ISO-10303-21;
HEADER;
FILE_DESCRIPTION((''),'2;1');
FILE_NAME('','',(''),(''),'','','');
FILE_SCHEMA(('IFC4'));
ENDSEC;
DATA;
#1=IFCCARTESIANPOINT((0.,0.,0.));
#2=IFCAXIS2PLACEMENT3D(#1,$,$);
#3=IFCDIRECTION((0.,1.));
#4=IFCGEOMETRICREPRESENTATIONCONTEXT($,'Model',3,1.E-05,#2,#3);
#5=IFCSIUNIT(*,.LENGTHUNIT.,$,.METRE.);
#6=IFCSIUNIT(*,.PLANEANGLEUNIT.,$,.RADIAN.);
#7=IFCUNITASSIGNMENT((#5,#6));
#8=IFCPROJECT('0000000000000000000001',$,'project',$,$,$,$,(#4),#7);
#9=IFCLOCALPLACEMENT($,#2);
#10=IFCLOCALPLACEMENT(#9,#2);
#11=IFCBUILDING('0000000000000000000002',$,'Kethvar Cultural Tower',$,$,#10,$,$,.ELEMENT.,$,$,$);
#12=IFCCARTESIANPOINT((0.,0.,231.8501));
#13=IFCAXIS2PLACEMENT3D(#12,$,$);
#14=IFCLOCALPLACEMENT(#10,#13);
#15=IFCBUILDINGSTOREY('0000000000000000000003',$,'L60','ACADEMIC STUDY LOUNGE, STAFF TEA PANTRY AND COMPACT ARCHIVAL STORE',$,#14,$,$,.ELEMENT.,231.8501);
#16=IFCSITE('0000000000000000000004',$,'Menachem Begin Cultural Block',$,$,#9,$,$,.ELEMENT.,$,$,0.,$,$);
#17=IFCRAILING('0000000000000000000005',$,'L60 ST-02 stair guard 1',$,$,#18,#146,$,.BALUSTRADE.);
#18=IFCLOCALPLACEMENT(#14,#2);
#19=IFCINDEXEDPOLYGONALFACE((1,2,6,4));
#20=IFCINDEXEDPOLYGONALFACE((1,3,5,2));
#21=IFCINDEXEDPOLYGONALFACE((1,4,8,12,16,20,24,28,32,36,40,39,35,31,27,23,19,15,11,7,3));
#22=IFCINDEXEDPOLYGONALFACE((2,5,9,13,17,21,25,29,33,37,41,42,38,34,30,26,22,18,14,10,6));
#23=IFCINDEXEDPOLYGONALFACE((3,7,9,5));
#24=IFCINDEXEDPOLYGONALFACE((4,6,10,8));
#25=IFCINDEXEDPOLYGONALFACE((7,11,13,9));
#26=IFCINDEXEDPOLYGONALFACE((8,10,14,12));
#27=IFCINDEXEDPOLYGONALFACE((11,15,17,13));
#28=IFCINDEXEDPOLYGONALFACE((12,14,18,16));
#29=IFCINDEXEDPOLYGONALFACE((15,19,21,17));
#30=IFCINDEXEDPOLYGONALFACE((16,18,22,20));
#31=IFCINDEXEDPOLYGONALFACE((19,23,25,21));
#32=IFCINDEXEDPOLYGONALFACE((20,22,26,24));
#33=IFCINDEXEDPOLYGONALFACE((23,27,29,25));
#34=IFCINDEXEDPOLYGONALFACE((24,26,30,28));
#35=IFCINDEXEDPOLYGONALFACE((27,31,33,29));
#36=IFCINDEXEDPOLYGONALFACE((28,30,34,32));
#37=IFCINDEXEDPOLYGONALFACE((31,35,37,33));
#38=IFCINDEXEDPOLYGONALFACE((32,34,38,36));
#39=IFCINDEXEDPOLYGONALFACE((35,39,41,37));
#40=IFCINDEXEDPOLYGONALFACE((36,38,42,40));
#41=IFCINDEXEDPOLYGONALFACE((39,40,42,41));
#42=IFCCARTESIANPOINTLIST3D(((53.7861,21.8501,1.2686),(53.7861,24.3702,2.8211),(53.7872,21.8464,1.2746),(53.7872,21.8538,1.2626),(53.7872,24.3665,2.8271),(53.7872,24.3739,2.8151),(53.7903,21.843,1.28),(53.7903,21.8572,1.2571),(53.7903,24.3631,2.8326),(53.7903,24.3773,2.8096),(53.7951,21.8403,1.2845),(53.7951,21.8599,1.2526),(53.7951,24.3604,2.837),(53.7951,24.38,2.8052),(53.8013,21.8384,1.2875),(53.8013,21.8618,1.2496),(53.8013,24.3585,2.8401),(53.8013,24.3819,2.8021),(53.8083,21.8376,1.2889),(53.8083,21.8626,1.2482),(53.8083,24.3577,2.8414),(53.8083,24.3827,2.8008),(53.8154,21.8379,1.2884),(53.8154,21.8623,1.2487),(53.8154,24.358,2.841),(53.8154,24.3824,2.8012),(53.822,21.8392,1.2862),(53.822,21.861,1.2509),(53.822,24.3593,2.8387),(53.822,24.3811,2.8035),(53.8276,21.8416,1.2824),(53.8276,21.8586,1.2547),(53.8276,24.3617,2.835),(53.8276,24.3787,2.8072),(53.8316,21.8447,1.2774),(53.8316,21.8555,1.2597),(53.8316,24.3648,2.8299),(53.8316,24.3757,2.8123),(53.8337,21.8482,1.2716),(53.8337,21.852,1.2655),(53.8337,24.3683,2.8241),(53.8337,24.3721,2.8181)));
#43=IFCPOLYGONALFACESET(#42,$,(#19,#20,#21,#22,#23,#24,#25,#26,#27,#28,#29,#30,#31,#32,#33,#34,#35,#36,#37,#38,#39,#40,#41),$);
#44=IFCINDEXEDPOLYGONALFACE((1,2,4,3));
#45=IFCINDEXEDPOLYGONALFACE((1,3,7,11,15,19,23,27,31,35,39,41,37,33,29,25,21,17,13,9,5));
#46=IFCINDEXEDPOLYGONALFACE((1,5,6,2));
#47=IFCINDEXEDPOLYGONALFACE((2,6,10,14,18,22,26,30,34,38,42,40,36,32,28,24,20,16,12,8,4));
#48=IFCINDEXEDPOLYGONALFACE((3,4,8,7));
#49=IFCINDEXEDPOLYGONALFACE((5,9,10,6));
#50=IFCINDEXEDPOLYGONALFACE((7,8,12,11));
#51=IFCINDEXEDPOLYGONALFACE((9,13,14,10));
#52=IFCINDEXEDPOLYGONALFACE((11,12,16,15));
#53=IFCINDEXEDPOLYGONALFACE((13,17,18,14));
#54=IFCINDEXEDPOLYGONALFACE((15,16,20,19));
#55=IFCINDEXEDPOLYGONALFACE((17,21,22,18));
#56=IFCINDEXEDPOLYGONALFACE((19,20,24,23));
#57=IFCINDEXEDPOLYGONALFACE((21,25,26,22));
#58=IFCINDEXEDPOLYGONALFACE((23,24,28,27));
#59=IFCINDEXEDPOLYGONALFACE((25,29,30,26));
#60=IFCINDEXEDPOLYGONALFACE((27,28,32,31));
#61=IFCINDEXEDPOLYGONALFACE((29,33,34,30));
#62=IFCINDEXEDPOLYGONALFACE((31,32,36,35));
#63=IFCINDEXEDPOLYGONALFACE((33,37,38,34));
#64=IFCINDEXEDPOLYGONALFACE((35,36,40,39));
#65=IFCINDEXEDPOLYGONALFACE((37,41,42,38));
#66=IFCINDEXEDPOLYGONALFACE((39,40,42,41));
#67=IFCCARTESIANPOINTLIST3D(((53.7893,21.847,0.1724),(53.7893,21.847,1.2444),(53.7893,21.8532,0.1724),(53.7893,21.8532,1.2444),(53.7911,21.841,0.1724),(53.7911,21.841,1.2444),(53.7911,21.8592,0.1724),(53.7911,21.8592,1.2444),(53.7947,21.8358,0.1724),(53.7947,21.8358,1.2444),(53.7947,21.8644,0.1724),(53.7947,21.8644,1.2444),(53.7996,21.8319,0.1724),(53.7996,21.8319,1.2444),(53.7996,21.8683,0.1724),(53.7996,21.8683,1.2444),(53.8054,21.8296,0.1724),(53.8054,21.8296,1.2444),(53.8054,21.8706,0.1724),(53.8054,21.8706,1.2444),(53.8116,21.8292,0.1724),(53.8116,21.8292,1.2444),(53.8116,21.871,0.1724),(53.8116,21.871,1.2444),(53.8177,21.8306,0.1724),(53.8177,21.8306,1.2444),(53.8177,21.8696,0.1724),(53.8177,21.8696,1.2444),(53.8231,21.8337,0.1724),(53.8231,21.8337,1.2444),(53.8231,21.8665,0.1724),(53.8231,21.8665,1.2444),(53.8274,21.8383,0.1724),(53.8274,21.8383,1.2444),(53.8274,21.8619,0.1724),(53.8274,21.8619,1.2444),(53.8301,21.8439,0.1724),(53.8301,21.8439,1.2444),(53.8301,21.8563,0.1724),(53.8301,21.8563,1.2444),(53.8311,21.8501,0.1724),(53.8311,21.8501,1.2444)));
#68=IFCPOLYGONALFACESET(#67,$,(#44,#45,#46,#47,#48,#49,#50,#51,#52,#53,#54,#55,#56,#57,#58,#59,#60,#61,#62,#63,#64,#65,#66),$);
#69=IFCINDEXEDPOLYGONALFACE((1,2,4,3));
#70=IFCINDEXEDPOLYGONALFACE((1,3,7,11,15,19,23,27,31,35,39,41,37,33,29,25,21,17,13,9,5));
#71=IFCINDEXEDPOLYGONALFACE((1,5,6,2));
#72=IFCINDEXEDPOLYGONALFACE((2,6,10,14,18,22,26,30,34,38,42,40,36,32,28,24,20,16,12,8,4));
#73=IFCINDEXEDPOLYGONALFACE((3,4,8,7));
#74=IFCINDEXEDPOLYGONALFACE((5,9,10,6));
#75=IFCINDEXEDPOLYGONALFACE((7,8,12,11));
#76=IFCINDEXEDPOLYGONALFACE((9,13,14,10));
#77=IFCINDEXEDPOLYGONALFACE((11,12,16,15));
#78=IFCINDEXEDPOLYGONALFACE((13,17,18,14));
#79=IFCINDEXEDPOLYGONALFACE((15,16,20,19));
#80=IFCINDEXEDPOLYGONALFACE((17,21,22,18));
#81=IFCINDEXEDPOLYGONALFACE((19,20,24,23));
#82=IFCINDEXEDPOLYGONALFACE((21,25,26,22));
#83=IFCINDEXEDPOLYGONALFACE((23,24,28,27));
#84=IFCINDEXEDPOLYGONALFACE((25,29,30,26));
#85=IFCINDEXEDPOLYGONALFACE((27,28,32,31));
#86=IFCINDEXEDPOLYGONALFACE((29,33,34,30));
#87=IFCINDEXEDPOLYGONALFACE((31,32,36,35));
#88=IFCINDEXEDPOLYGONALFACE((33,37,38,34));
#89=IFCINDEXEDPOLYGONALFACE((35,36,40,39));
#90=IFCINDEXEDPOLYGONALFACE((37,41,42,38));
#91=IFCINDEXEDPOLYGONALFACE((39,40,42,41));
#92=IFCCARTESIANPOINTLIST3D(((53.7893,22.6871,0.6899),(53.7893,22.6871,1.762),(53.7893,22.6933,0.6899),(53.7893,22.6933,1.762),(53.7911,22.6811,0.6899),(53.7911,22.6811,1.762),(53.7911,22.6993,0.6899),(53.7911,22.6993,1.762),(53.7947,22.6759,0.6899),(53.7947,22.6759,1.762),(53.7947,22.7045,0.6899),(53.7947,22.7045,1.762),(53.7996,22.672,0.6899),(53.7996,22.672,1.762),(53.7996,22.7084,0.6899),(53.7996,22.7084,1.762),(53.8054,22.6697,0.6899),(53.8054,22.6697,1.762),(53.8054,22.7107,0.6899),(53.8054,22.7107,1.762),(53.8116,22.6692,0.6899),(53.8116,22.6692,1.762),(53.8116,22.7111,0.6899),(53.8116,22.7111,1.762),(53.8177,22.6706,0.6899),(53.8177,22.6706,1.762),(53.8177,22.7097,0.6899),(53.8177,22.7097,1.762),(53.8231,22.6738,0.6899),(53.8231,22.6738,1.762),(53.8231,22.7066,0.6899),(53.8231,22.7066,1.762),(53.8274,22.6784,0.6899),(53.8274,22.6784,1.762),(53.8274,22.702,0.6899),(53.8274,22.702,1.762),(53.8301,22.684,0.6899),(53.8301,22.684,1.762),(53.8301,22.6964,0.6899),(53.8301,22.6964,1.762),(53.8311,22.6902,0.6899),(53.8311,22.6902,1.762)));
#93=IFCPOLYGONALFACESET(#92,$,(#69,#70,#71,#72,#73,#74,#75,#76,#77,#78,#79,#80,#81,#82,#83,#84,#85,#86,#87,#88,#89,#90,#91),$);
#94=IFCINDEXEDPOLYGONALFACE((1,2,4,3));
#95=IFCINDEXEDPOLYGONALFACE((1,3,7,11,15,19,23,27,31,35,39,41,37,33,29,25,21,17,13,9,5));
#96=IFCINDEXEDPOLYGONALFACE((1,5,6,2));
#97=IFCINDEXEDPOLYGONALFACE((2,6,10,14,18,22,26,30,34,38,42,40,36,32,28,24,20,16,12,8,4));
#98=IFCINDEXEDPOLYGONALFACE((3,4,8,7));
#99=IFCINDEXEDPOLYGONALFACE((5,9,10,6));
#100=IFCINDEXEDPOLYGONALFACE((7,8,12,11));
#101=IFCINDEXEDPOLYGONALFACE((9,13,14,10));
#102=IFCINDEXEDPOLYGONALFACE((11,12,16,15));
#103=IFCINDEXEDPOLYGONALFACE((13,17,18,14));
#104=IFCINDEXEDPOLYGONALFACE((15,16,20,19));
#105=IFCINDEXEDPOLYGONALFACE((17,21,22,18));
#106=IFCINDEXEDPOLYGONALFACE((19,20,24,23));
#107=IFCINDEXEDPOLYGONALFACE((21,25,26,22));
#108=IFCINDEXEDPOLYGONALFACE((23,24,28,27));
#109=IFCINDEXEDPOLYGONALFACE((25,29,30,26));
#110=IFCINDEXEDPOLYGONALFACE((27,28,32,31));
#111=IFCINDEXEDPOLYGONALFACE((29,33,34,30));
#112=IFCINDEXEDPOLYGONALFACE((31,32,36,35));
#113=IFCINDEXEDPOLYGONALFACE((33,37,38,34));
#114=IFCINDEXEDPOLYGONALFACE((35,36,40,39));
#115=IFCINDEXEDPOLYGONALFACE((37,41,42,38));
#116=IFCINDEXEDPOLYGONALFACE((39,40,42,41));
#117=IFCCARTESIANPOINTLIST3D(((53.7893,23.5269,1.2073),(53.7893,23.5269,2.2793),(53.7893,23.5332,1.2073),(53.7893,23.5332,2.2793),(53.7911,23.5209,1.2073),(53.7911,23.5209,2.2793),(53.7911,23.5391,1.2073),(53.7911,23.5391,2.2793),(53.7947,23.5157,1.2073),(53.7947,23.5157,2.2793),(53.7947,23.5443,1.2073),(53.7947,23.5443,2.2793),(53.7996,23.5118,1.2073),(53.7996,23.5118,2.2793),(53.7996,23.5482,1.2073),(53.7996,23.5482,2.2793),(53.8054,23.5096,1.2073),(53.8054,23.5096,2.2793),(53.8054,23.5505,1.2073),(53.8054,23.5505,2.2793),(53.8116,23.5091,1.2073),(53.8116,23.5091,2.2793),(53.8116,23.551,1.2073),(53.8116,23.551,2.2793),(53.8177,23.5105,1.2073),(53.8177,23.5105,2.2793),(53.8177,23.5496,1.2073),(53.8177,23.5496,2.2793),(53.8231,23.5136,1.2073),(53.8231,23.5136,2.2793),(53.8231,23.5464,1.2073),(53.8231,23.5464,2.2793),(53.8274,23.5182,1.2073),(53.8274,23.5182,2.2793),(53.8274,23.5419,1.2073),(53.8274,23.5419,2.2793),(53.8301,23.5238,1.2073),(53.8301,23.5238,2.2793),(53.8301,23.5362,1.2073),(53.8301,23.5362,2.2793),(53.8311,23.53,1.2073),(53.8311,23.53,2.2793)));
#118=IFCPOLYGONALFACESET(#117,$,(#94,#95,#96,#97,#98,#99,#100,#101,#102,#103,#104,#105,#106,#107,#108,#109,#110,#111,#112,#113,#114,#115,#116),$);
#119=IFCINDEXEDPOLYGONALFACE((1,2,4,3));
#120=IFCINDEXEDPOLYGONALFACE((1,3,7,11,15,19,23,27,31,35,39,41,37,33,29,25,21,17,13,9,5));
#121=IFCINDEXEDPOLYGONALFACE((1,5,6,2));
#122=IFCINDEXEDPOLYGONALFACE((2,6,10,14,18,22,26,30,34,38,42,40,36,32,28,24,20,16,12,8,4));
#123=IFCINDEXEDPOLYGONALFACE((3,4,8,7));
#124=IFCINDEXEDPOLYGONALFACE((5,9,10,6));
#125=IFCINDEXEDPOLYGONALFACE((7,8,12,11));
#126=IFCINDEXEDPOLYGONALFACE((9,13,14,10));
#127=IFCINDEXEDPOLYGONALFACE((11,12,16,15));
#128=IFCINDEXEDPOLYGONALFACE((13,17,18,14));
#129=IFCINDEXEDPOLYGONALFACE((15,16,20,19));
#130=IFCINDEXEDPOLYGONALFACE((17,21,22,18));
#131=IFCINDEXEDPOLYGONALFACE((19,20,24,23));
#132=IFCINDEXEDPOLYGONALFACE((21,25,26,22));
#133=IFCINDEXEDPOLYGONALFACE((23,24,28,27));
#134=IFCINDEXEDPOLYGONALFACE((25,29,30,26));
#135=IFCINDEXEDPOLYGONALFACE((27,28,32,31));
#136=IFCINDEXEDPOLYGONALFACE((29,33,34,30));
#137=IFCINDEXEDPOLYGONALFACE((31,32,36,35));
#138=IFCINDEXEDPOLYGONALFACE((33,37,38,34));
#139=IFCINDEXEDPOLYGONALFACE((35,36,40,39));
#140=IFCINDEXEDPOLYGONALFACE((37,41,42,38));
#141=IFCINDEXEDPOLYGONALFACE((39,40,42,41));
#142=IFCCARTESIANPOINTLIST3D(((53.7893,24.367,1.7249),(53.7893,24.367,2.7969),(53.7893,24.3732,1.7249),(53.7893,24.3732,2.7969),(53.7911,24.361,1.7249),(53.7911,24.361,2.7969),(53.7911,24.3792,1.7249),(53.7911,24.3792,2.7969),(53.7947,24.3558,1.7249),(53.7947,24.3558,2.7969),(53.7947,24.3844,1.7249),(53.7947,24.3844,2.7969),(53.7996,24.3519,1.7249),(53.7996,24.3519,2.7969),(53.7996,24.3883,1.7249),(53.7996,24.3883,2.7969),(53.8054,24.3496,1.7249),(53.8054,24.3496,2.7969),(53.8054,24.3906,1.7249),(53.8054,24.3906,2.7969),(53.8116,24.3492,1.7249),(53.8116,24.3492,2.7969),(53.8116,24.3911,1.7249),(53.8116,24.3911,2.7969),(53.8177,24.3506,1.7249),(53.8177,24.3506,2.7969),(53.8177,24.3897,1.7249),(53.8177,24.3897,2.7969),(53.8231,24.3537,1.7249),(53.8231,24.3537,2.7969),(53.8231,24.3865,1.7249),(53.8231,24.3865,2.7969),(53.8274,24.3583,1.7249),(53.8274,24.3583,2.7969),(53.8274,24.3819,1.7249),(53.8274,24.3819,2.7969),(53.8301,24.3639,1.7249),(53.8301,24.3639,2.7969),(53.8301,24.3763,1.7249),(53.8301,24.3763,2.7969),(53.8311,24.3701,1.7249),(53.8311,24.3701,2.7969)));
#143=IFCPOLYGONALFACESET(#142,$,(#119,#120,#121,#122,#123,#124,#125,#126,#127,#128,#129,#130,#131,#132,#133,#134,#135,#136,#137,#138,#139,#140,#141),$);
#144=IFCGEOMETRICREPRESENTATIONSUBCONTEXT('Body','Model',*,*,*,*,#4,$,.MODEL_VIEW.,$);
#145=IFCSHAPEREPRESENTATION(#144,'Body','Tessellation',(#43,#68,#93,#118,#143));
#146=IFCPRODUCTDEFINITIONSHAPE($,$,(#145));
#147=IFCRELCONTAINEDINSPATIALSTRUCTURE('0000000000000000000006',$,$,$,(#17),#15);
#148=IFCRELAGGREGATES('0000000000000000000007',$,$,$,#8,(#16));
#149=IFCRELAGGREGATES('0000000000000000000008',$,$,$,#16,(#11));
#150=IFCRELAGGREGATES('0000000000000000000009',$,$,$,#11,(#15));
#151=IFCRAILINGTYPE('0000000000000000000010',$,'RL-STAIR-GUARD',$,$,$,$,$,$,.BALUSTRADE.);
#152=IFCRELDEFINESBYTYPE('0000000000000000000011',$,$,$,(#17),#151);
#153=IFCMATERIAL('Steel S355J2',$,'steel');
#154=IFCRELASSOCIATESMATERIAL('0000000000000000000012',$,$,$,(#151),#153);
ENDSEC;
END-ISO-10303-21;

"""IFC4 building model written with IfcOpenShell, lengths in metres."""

from ifc_helpers import new_model, si_unit, direction, frame, origin, origin_2d, place, context, subcontext, project, spatial, circle, extrude, material, type_object, element, save


model = new_model("IFC4")

# Units and contexts
model_context = context("Model", 3, precision=1e-05, world=origin(), true_north=direction((0.0, 1.0)))
body_context = subcontext(model_context, "Body", "Model", "MODEL_VIEW")
ifc_project = project(units=[si_unit("LENGTHUNIT", "METRE"), si_unit("PLANEANGLEUNIT", "RADIAN")], contexts=[model_context])

# Site, building, storey
site_placement = place(None, origin())
site = spatial("IfcSite", under=ifc_project, at=site_placement, Name="Menachem Begin Cultural Block", CompositionType="ELEMENT", RefElevation=0.0)
building_placement = place(site_placement, origin())
building = spatial("IfcBuilding", under=site, at=building_placement, Name="Kethvar Cultural Tower", CompositionType="ELEMENT")
storey_placement = place(building_placement, frame((0.0, 0.0, 231.8501)))
storey = spatial("IfcBuildingStorey", under=building, at=storey_placement, Name="L60", Description="ACADEMIC STUDY LOUNGE, STAFF TEA PANTRY AND COMPACT ARCHIVAL STORE", CompositionType="ELEMENT", Elevation=231.8501)

# Shared definitions
ifc_material_1 = material(Name="Steel S355J2", Category="steel")

# Railing
railing_type_1 = type_object("IfcRailingType", Name="RL-STAIR-GUARD", PredefinedType="BALUSTRADE", material=ifc_material_1)
railing_1_placement = place(storey_placement, frame((53.8101, 21.8501, 0.1724)))
element("IfcRailing", 1, at=railing_1_placement, inside=storey, type_object=railing_type_1, Name="L60 ST-02 stair guard 1", PredefinedType="BALUSTRADE", context=body_context, shape_type="SweptSolid", body=[
    extrude(circle(Radius=0.0239, at=origin_2d()), frame((0.0, 0.0, 1.0962), z_axis=(0.0, 0.8514, 0.524516), x_axis=(-1.0, 0.0, 0.0)), (0.0, 0.0, 1.0), 2.96),
    extrude(circle(Radius=0.021, at=origin_2d()), origin(), (0.0, 0.0, 1.0), 1.072),
    extrude(circle(Radius=0.021, at=origin_2d()), frame((0.0, 0.8401, 0.5176)), (0.0, 0.0, 1.0), 1.072),
    extrude(circle(Radius=0.021, at=origin_2d()), frame((0.0, 1.6799, 1.0349)), (0.0, 0.0, 1.0), 1.072),
    extrude(circle(Radius=0.021, at=origin_2d()), frame((0.0, 2.52, 1.5525)), (0.0, 0.0, 1.0), 1.072),
])

save(model, "model.ifc")
